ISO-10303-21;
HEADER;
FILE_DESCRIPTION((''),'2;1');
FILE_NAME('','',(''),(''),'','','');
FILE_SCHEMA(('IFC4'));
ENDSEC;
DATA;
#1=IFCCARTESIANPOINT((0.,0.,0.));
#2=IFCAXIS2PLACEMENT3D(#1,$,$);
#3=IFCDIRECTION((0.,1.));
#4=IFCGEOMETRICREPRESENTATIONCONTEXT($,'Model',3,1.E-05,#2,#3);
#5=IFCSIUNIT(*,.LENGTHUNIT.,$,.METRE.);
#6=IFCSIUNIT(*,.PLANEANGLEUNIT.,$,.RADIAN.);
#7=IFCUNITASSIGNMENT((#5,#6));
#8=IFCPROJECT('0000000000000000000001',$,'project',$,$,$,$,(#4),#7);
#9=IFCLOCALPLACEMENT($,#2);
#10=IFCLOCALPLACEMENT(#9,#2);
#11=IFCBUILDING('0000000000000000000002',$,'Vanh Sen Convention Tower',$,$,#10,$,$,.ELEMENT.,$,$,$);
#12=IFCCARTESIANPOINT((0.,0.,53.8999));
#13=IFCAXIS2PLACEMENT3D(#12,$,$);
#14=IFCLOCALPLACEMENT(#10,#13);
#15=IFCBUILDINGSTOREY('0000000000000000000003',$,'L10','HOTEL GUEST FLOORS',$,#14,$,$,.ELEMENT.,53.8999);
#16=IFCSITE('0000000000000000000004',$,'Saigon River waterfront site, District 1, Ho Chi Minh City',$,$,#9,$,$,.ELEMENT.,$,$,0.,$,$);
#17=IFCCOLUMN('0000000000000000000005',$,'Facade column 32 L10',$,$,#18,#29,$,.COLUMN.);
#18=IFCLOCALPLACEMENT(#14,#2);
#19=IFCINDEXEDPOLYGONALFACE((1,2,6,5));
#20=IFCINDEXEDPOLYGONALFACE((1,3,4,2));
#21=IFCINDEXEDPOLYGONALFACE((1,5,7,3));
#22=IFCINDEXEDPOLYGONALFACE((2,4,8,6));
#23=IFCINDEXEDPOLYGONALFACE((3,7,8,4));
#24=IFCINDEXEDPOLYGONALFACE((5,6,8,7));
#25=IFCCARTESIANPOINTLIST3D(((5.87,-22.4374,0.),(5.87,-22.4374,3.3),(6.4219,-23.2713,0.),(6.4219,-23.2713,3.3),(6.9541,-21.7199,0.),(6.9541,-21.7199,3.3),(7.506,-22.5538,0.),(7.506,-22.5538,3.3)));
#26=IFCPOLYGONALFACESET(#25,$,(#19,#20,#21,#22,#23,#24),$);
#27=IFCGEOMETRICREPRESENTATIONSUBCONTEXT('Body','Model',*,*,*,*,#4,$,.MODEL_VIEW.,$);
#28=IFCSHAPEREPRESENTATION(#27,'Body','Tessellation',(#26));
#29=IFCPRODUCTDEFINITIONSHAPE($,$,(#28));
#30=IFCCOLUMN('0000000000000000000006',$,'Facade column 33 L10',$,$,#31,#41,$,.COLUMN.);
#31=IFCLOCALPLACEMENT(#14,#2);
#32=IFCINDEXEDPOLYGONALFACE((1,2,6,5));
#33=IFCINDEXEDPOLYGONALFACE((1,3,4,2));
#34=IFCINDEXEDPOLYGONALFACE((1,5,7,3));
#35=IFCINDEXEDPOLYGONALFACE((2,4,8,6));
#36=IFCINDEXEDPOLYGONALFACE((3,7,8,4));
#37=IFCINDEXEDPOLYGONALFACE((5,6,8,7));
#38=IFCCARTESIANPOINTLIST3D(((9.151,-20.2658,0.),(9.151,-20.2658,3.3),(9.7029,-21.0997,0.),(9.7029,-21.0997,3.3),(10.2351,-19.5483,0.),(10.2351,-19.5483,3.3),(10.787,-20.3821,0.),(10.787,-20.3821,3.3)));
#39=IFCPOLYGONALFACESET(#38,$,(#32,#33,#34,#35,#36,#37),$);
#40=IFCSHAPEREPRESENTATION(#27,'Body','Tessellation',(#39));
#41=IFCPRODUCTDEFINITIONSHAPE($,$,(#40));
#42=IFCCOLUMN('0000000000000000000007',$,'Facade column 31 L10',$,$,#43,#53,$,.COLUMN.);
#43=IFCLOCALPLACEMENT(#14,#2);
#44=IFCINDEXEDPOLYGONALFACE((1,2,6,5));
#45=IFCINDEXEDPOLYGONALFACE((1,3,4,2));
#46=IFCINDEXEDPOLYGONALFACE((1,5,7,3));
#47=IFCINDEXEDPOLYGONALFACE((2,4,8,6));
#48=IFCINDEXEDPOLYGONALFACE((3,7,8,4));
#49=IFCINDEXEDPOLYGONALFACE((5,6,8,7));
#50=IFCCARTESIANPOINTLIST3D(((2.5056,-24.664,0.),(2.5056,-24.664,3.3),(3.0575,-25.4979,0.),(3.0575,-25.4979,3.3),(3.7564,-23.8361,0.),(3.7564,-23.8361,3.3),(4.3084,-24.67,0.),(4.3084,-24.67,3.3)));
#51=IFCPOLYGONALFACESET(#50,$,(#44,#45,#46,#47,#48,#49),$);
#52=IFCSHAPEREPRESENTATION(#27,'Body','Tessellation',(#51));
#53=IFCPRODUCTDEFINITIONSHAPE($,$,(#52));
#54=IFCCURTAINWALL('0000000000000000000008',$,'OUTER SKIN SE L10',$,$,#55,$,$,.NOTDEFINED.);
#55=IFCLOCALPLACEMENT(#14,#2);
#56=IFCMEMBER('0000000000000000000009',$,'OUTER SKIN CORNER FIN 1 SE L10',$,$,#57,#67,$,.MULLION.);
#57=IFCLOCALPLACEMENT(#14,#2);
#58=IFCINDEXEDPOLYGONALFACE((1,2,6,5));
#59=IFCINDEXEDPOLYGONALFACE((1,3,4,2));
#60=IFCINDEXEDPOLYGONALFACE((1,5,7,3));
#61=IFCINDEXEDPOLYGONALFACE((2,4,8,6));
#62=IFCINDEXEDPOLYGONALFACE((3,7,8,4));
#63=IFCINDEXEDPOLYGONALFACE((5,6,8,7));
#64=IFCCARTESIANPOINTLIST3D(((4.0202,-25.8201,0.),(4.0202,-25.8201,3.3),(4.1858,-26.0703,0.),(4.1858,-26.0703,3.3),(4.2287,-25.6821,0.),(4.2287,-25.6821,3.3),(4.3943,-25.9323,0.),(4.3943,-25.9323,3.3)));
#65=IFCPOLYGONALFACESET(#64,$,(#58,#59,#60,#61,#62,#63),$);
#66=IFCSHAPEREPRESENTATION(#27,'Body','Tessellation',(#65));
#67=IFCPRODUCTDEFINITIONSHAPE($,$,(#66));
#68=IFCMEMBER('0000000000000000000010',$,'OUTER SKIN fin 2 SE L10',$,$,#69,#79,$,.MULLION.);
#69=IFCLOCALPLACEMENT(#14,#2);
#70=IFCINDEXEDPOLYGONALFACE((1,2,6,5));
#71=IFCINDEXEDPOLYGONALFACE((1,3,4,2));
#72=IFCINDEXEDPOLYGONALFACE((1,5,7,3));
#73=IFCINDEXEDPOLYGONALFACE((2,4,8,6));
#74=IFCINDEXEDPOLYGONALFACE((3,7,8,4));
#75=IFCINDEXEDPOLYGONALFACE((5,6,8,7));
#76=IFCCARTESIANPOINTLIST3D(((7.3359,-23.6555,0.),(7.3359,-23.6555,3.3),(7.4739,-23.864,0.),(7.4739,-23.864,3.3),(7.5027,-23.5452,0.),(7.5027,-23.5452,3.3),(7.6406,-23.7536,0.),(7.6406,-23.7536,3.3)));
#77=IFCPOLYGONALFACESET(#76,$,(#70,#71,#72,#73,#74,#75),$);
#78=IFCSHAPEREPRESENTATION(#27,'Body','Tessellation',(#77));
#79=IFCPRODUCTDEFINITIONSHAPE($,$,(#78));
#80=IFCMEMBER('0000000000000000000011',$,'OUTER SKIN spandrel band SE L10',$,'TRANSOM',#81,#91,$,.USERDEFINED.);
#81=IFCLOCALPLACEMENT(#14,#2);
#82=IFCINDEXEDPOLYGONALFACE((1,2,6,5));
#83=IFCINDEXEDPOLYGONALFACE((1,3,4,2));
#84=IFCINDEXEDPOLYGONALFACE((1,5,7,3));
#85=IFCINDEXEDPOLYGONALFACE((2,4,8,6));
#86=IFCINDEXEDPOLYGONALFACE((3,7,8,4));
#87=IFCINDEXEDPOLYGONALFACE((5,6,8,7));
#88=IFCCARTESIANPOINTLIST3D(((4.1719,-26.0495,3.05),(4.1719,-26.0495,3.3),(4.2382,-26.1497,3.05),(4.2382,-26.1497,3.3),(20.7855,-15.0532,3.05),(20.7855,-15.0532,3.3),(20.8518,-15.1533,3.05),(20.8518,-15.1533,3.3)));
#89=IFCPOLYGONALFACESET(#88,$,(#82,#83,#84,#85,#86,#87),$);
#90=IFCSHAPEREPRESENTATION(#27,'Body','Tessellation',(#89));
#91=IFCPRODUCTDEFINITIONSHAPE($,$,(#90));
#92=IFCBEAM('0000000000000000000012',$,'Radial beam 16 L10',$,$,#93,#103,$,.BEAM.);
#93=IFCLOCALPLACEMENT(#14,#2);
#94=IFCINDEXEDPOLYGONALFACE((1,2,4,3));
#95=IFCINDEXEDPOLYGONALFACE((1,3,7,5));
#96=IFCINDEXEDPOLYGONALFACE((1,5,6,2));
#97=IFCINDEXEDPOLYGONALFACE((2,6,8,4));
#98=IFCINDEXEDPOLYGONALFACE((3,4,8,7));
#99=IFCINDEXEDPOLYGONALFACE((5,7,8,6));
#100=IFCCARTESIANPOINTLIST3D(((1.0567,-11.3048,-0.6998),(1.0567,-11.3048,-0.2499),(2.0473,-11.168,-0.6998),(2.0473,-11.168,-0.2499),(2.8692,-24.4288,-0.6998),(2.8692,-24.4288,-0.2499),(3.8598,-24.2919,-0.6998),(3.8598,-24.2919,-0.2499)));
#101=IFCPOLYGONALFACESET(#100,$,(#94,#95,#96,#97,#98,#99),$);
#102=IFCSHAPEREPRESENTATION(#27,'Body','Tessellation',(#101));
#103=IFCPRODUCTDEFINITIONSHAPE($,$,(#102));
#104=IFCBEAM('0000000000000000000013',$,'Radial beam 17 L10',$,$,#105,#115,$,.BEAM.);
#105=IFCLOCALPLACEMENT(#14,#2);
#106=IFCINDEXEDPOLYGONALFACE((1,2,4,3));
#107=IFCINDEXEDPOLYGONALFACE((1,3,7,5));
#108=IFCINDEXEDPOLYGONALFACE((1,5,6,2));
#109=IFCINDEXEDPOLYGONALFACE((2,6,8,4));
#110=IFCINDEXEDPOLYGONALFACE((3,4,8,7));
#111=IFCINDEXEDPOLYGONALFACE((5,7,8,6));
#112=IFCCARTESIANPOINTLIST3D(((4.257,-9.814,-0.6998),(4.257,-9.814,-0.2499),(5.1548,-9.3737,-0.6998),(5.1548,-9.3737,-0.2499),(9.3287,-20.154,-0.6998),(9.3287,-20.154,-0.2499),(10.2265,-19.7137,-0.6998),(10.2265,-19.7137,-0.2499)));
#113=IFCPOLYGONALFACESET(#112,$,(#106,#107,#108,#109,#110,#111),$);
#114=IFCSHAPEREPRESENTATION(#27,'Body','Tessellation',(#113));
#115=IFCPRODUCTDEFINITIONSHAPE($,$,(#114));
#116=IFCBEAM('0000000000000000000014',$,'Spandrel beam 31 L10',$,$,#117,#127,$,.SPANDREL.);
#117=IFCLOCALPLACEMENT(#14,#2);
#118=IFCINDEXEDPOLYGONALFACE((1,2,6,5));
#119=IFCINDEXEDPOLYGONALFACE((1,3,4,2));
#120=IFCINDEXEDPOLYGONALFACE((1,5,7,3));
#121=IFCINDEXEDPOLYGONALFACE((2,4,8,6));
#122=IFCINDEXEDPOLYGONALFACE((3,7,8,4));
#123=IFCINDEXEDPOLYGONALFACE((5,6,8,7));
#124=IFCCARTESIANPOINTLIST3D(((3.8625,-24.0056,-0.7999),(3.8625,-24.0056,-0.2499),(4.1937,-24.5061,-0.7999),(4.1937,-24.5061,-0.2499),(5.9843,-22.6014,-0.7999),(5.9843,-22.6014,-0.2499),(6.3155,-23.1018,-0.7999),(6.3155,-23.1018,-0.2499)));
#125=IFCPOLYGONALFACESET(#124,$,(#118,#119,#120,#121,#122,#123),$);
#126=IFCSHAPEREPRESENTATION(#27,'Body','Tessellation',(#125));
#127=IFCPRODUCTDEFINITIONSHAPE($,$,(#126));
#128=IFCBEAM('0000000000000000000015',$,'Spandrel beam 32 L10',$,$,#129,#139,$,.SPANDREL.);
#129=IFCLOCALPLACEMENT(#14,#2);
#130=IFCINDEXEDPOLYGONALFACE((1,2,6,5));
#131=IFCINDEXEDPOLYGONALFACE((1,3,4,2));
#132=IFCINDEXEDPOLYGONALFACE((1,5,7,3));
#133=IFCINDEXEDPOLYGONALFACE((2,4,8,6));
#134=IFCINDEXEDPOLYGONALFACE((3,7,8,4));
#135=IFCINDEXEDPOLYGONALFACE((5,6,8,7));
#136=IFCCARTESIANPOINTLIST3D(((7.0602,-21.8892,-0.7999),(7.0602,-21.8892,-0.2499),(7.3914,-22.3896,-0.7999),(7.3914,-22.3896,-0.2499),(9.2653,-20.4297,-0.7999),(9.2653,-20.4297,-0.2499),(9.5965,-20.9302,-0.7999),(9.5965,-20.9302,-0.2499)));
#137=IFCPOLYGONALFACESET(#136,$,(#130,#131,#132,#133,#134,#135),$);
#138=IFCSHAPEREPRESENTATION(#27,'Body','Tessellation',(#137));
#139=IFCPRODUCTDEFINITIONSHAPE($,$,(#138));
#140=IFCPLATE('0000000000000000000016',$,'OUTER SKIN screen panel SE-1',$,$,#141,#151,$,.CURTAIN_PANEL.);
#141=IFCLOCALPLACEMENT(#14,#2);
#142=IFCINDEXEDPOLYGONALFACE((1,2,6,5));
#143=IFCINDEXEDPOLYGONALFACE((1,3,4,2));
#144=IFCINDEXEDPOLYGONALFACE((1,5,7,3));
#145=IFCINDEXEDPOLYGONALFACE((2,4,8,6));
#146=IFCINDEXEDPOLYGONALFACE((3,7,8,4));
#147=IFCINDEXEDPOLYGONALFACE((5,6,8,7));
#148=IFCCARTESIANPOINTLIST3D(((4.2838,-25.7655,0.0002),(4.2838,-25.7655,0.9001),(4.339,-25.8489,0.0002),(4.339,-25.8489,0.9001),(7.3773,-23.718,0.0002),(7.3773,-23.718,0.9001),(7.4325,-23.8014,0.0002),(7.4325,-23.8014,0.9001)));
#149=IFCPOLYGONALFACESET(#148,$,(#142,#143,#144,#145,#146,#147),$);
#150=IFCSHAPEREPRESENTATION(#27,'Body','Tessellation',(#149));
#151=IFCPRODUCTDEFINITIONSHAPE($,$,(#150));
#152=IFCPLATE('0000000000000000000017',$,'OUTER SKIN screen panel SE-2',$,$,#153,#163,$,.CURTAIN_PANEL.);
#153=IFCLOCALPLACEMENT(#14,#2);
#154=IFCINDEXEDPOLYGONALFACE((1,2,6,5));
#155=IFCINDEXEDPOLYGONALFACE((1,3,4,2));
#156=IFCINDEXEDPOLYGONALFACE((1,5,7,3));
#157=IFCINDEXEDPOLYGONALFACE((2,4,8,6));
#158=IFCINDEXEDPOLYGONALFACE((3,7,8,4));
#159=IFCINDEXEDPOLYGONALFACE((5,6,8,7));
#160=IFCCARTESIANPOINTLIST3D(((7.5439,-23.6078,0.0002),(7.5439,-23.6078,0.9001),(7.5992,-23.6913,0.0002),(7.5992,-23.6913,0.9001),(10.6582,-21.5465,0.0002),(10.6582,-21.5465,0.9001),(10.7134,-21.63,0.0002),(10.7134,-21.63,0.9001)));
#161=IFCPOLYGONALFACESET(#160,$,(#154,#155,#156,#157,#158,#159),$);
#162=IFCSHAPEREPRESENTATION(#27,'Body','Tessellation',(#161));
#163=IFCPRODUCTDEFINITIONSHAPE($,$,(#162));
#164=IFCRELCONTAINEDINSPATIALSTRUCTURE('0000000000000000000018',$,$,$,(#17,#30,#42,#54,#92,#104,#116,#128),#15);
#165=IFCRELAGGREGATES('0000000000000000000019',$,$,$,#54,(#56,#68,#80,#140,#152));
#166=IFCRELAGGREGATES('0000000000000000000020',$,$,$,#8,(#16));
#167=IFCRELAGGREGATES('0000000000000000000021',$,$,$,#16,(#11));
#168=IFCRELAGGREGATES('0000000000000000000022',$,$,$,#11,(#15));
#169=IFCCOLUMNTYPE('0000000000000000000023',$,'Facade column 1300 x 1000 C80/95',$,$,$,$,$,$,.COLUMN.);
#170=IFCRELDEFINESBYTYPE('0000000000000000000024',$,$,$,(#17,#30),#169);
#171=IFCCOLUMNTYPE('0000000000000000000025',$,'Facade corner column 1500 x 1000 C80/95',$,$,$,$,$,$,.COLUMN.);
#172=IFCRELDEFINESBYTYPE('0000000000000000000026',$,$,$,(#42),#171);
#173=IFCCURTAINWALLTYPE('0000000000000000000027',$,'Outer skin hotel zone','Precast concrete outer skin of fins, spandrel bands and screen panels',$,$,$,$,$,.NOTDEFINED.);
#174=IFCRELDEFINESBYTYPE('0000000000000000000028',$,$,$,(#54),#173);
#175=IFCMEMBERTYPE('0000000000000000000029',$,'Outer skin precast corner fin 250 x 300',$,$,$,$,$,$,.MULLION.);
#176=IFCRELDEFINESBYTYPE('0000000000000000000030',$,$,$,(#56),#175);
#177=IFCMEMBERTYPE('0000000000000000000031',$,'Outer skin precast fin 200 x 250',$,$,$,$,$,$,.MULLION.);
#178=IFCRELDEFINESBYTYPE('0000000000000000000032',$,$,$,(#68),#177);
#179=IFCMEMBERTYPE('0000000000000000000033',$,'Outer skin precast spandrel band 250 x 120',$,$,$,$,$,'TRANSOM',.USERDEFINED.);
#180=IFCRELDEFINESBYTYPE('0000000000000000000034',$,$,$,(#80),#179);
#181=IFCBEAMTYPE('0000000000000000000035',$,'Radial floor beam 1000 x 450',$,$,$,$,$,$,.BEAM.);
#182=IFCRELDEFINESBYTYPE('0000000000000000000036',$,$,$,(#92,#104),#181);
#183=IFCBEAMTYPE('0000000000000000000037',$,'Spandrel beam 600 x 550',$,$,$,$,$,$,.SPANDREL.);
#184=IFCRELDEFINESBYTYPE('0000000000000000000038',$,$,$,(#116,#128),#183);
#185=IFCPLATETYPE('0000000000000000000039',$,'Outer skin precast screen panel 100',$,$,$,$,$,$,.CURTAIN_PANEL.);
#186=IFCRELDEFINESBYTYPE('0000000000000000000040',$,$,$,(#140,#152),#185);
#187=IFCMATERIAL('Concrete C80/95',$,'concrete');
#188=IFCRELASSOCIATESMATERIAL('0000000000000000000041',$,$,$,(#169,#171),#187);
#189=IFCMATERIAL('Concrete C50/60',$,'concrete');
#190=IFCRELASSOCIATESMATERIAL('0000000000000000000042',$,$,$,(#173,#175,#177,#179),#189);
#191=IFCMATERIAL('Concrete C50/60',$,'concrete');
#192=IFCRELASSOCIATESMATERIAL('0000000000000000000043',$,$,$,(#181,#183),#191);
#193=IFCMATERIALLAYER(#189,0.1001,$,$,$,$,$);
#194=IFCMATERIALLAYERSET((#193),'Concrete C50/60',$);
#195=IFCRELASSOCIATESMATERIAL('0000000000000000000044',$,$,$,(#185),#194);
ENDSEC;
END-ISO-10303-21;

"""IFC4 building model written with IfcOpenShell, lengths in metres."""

from ifc_helpers import new_model, si_unit, direction, frame, origin, origin_2d, place, context, subcontext, project, spatial, rectangle, extrude, material, layer, layer_set, material_profile, profile_set, type_object, element, aggregate, save


model = new_model("IFC4")

# Units and contexts
model_context = context("Model", 3, precision=1e-05, world=origin(), true_north=direction((0.0, 1.0)))
body_context = subcontext(model_context, "Body", "Model", "MODEL_VIEW")
ifc_project = project(units=[si_unit("LENGTHUNIT", "METRE"), si_unit("PLANEANGLEUNIT", "RADIAN")], contexts=[model_context])

# Site, building, storey
site_placement = place(None, origin())
site = spatial("IfcSite", under=ifc_project, at=site_placement, Name="Saigon River waterfront site, District 1, Ho Chi Minh City", CompositionType="ELEMENT", RefElevation=0.0)
building_placement = place(site_placement, origin())
building = spatial("IfcBuilding", under=site, at=building_placement, Name="Vanh Sen Convention Tower", CompositionType="ELEMENT")
storey_placement = place(building_placement, frame((0.0, 0.0, 53.8999)))
storey = spatial("IfcBuildingStorey", under=building, at=storey_placement, Name="L10", Description="HOTEL GUEST FLOORS", CompositionType="ELEMENT", Elevation=53.8999)

# Columns
ifc_material_1 = material(Name="Concrete C80/95", Category="concrete")
ifc_material_profile_1 = material_profile(ifc_material_1, rectangle(XDim=1.3, YDim=1.0, at=origin_2d()), Name="RC 1300X1000")
ifc_profile_set_1 = profile_set([ifc_material_profile_1], Name="Concrete C80/95")
column_type_1 = type_object("IfcColumnType", Name="Facade column 1300 x 1000 C80/95", PredefinedType="COLUMN", material=ifc_profile_set_1)
for number, where, z_axis, x_axis, name in (
    (1, (6.688, -22.4956, 0.0), (0.0, 0.0, 1.0), (0.833886, 0.551937, 0.0), "Facade column 32 L10"),
    (2, (9.969, -20.324, 0.0), (0.0, 0.0, 1.0), (0.833886, 0.551937, 0.0), "Facade column 33 L10"),
):
    element("IfcColumn", number, at=place(storey_placement, frame(where, z_axis=z_axis, x_axis=x_axis)), inside=storey, type_object=column_type_1, Name=name, PredefinedType="COLUMN", context=body_context, shape_type="SweptSolid", body=[
        extrude(rectangle(XDim=1.3, YDim=1.0, at=origin_2d()), origin(), (0.0, 0.0, 1.0), 3.3),
    ])
ifc_material_profile_2 = material_profile(ifc_material_1, rectangle(XDim=1.5, YDim=1.0, at=origin_2d()), Name="RC 1500X1000")
ifc_profile_set_2 = profile_set([ifc_material_profile_2], Name="Concrete C80/95")
column_type_2 = type_object("IfcColumnType", Name="Facade corner column 1500 x 1000 C80/95", PredefinedType="COLUMN", material=ifc_profile_set_2)
column_placement = place(storey_placement, frame((3.407, -24.667, 0.0), z_axis=(0.0, 0.0, 1.0), x_axis=(0.833886, 0.551937, 0.0)))
element("IfcColumn", 3, at=column_placement, inside=storey, type_object=column_type_2, Name="Facade column 31 L10", PredefinedType="COLUMN", context=body_context, shape_type="SweptSolid", body=[
    extrude(rectangle(XDim=1.5, YDim=1.0, at=origin_2d()), origin(), (0.0, 0.0, 1.0), 3.3),
])

# Curtain wall, members
ifc_material_2 = material(Name="Concrete C50/60", Category="concrete")
curtain_wall_type = type_object("IfcCurtainWallType", Name="Outer skin hotel zone", Description="Precast concrete outer skin of fins, spandrel bands and screen panels", PredefinedType="NOTDEFINED", material=ifc_material_2)
curtain_wall_placement = place(storey_placement, origin())
curtain_wall = element("IfcCurtainWall", 4, at=curtain_wall_placement, inside=storey, type_object=curtain_wall_type, Name="OUTER SKIN SE L10", PredefinedType="NOTDEFINED")
ifc_material_profile_3 = material_profile(ifc_material_2, rectangle(XDim=0.25, YDim=0.3, at=origin_2d()), Name="Outer skin precast corner fin 250 x 300")
ifc_profile_set_3 = profile_set([ifc_material_profile_3], Name="Concrete C50/60")
member_type_1 = type_object("IfcMemberType", Name="Outer skin precast corner fin 250 x 300", PredefinedType="MULLION", material=ifc_profile_set_3)
member_1_placement = place(storey_placement, frame((4.2073, -25.8762, 0.0), z_axis=(0.0, 0.0, 1.0), x_axis=(0.833886, 0.551937, 0.0)))
member_1 = element("IfcMember", 5, at=member_1_placement, type_object=member_type_1, Name="OUTER SKIN CORNER FIN 1 SE L10", PredefinedType="MULLION", context=body_context, shape_type="SweptSolid", body=[
    extrude(rectangle(XDim=0.25, YDim=0.3, at=origin_2d()), origin(), (0.0, 0.0, 1.0), 3.3),
])
ifc_material_profile_4 = material_profile(ifc_material_2, rectangle(XDim=0.2, YDim=0.25, at=origin_2d()), Name="Outer skin precast fin 200 x 250")
ifc_profile_set_4 = profile_set([ifc_material_profile_4], Name="Concrete C50/60")
member_type_2 = type_object("IfcMemberType", Name="Outer skin precast fin 200 x 250", PredefinedType="MULLION", material=ifc_profile_set_4)
member_2_placement = place(storey_placement, frame((7.4883, -23.7046, 0.0), z_axis=(0.0, 0.0, 1.0), x_axis=(0.833886, 0.551937, 0.0)))
member_2 = element("IfcMember", 6, at=member_2_placement, type_object=member_type_2, Name="OUTER SKIN fin 2 SE L10", PredefinedType="MULLION", context=body_context, shape_type="SweptSolid", body=[
    extrude(rectangle(XDim=0.2, YDim=0.25, at=origin_2d()), origin(), (0.0, 0.0, 1.0), 3.3),
])
ifc_material_profile_5 = material_profile(ifc_material_2, rectangle(XDim=0.1201, YDim=0.25, at=origin_2d()), Name="Outer skin precast spandrel band 250 x 120")
ifc_profile_set_5 = profile_set([ifc_material_profile_5], Name="Concrete C50/60")
member_type_3 = type_object("IfcMemberType", Name="Outer skin precast spandrel band 250 x 120", ElementType="TRANSOM", PredefinedType="USERDEFINED", material=ifc_profile_set_5)
member_3_placement = place(storey_placement, frame((4.2051, -26.0996, 3.175), z_axis=(0.833884, 0.55194, 0.0), x_axis=(-0.55194, 0.833884, 0.0)))
member_3 = element("IfcMember", 7, at=member_3_placement, type_object=member_type_3, Name="OUTER SKIN spandrel band SE L10", ObjectType="TRANSOM", PredefinedType="USERDEFINED", context=body_context, shape_type="SweptSolid", body=[
    extrude(rectangle(XDim=0.1201, YDim=0.25, at=origin_2d()), origin(), (0.0, 0.0, 1.0), 19.9231),
])

# Beams
ifc_material_3 = material(Name="Concrete C50/60", Category="concrete")
ifc_material_profile_6 = material_profile(ifc_material_3, rectangle(XDim=1.0, YDim=0.45, at=origin_2d()), Name="RC 1000X450")
ifc_profile_set_6 = profile_set([ifc_material_profile_6], Name="Concrete C50/60")
beam_type_1 = type_object("IfcBeamType", Name="Radial floor beam 1000 x 450", PredefinedType="BEAM", material=ifc_profile_set_6)
beam_1_placement = place(storey_placement, frame((3.3645, -24.3604, -0.4749), z_axis=(-0.136807, 0.990598, 0.0), x_axis=(-0.990598, -0.136807, 0.0)))
element("IfcBeam", 8, at=beam_1_placement, inside=storey, type_object=beam_type_1, Name="Radial beam 16 L10", PredefinedType="BEAM", context=body_context, shape_type="SweptSolid", body=[
    extrude(rectangle(XDim=1.0, YDim=0.45, at=origin_2d()), origin(), (0.0, 0.0, 1.0), 13.2485),
])
beam_2_placement = place(storey_placement, frame((9.7776, -19.9338, -0.4749), z_axis=(-0.440375, 0.897814, 0.0), x_axis=(-0.897814, -0.440375, 0.0)))
element("IfcBeam", 9, at=beam_2_placement, inside=storey, type_object=beam_type_1, Name="Radial beam 17 L10", PredefinedType="BEAM", context=body_context, shape_type="SweptSolid", body=[
    extrude(rectangle(XDim=1.0, YDim=0.45, at=origin_2d()), origin(), (0.0, 0.0, 1.0), 11.5168),
])
ifc_material_profile_7 = material_profile(ifc_material_3, rectangle(XDim=0.6001, YDim=0.55, at=origin_2d()), Name="RC 600X550")
ifc_profile_set_7 = profile_set([ifc_material_profile_7], Name="Concrete C50/60")
beam_type_2 = type_object("IfcBeamType", Name="Spandrel beam 600 x 550", PredefinedType="SPANDREL", material=ifc_profile_set_7)
beam_3_placement = place(storey_placement, frame((4.0281, -24.2559, -0.5249), z_axis=(0.833906, 0.551907, 0.0), x_axis=(-0.551907, 0.833906, 0.0)))
element("IfcBeam", 10, at=beam_3_placement, inside=storey, type_object=beam_type_2, Name="Spandrel beam 31 L10", PredefinedType="SPANDREL", context=body_context, shape_type="SweptSolid", body=[
    extrude(rectangle(XDim=0.6001, YDim=0.55, at=origin_2d()), origin(), (0.0, 0.0, 1.0), 2.5444),
])
beam_4_placement = place(storey_placement, frame((7.2258, -22.1394, -0.5249), z_axis=(0.833892, 0.551927, 0.0), x_axis=(-0.551927, 0.833892, 0.0)))
element("IfcBeam", 11, at=beam_4_placement, inside=storey, type_object=beam_type_2, Name="Spandrel beam 32 L10", PredefinedType="SPANDREL", context=body_context, shape_type="SweptSolid", body=[
    extrude(rectangle(XDim=0.6001, YDim=0.55, at=origin_2d()), origin(), (0.0, 0.0, 1.0), 2.6443),
])

# Plates
ifc_layer_1 = layer(ifc_material_2, 0.1001)
ifc_layer_set_1 = layer_set([ifc_layer_1], Name="Concrete C50/60")
plate_type = type_object("IfcPlateType", Name="Outer skin precast screen panel 100", PredefinedType="CURTAIN_PANEL", material=ifc_layer_set_1)
plate_1_placement = place(storey_placement, frame((5.8582, -24.7834, 0.0002), z_axis=(0.0, 0.0, 1.0), x_axis=(0.833892, 0.551928, 0.0)))
plate_1 = element("IfcPlate", 12, at=plate_1_placement, type_object=plate_type, Name="OUTER SKIN screen panel SE-1", PredefinedType="CURTAIN_PANEL", context=body_context, shape_type="SweptSolid", body=[
    extrude(rectangle(XDim=3.7097, YDim=0.1001, at=origin_2d()), origin(), (0.0, 0.0, 1.0), 0.8999),
])
plate_2_placement = place(storey_placement, frame((9.1287, -22.6189, 0.0002), z_axis=(0.0, 0.0, 1.0), x_axis=(0.833892, 0.551928, 0.0)))
plate_2 = element("IfcPlate", 13, at=plate_2_placement, type_object=plate_type, Name="OUTER SKIN screen panel SE-2", PredefinedType="CURTAIN_PANEL", context=body_context, shape_type="SweptSolid", body=[
    extrude(rectangle(XDim=3.7346, YDim=0.1001, at=origin_2d()), origin(), (0.0, 0.0, 1.0), 0.8999),
])
aggregate(curtain_wall, [member_1, member_2, member_3, plate_1, plate_2])

save(model, "model.ifc")
